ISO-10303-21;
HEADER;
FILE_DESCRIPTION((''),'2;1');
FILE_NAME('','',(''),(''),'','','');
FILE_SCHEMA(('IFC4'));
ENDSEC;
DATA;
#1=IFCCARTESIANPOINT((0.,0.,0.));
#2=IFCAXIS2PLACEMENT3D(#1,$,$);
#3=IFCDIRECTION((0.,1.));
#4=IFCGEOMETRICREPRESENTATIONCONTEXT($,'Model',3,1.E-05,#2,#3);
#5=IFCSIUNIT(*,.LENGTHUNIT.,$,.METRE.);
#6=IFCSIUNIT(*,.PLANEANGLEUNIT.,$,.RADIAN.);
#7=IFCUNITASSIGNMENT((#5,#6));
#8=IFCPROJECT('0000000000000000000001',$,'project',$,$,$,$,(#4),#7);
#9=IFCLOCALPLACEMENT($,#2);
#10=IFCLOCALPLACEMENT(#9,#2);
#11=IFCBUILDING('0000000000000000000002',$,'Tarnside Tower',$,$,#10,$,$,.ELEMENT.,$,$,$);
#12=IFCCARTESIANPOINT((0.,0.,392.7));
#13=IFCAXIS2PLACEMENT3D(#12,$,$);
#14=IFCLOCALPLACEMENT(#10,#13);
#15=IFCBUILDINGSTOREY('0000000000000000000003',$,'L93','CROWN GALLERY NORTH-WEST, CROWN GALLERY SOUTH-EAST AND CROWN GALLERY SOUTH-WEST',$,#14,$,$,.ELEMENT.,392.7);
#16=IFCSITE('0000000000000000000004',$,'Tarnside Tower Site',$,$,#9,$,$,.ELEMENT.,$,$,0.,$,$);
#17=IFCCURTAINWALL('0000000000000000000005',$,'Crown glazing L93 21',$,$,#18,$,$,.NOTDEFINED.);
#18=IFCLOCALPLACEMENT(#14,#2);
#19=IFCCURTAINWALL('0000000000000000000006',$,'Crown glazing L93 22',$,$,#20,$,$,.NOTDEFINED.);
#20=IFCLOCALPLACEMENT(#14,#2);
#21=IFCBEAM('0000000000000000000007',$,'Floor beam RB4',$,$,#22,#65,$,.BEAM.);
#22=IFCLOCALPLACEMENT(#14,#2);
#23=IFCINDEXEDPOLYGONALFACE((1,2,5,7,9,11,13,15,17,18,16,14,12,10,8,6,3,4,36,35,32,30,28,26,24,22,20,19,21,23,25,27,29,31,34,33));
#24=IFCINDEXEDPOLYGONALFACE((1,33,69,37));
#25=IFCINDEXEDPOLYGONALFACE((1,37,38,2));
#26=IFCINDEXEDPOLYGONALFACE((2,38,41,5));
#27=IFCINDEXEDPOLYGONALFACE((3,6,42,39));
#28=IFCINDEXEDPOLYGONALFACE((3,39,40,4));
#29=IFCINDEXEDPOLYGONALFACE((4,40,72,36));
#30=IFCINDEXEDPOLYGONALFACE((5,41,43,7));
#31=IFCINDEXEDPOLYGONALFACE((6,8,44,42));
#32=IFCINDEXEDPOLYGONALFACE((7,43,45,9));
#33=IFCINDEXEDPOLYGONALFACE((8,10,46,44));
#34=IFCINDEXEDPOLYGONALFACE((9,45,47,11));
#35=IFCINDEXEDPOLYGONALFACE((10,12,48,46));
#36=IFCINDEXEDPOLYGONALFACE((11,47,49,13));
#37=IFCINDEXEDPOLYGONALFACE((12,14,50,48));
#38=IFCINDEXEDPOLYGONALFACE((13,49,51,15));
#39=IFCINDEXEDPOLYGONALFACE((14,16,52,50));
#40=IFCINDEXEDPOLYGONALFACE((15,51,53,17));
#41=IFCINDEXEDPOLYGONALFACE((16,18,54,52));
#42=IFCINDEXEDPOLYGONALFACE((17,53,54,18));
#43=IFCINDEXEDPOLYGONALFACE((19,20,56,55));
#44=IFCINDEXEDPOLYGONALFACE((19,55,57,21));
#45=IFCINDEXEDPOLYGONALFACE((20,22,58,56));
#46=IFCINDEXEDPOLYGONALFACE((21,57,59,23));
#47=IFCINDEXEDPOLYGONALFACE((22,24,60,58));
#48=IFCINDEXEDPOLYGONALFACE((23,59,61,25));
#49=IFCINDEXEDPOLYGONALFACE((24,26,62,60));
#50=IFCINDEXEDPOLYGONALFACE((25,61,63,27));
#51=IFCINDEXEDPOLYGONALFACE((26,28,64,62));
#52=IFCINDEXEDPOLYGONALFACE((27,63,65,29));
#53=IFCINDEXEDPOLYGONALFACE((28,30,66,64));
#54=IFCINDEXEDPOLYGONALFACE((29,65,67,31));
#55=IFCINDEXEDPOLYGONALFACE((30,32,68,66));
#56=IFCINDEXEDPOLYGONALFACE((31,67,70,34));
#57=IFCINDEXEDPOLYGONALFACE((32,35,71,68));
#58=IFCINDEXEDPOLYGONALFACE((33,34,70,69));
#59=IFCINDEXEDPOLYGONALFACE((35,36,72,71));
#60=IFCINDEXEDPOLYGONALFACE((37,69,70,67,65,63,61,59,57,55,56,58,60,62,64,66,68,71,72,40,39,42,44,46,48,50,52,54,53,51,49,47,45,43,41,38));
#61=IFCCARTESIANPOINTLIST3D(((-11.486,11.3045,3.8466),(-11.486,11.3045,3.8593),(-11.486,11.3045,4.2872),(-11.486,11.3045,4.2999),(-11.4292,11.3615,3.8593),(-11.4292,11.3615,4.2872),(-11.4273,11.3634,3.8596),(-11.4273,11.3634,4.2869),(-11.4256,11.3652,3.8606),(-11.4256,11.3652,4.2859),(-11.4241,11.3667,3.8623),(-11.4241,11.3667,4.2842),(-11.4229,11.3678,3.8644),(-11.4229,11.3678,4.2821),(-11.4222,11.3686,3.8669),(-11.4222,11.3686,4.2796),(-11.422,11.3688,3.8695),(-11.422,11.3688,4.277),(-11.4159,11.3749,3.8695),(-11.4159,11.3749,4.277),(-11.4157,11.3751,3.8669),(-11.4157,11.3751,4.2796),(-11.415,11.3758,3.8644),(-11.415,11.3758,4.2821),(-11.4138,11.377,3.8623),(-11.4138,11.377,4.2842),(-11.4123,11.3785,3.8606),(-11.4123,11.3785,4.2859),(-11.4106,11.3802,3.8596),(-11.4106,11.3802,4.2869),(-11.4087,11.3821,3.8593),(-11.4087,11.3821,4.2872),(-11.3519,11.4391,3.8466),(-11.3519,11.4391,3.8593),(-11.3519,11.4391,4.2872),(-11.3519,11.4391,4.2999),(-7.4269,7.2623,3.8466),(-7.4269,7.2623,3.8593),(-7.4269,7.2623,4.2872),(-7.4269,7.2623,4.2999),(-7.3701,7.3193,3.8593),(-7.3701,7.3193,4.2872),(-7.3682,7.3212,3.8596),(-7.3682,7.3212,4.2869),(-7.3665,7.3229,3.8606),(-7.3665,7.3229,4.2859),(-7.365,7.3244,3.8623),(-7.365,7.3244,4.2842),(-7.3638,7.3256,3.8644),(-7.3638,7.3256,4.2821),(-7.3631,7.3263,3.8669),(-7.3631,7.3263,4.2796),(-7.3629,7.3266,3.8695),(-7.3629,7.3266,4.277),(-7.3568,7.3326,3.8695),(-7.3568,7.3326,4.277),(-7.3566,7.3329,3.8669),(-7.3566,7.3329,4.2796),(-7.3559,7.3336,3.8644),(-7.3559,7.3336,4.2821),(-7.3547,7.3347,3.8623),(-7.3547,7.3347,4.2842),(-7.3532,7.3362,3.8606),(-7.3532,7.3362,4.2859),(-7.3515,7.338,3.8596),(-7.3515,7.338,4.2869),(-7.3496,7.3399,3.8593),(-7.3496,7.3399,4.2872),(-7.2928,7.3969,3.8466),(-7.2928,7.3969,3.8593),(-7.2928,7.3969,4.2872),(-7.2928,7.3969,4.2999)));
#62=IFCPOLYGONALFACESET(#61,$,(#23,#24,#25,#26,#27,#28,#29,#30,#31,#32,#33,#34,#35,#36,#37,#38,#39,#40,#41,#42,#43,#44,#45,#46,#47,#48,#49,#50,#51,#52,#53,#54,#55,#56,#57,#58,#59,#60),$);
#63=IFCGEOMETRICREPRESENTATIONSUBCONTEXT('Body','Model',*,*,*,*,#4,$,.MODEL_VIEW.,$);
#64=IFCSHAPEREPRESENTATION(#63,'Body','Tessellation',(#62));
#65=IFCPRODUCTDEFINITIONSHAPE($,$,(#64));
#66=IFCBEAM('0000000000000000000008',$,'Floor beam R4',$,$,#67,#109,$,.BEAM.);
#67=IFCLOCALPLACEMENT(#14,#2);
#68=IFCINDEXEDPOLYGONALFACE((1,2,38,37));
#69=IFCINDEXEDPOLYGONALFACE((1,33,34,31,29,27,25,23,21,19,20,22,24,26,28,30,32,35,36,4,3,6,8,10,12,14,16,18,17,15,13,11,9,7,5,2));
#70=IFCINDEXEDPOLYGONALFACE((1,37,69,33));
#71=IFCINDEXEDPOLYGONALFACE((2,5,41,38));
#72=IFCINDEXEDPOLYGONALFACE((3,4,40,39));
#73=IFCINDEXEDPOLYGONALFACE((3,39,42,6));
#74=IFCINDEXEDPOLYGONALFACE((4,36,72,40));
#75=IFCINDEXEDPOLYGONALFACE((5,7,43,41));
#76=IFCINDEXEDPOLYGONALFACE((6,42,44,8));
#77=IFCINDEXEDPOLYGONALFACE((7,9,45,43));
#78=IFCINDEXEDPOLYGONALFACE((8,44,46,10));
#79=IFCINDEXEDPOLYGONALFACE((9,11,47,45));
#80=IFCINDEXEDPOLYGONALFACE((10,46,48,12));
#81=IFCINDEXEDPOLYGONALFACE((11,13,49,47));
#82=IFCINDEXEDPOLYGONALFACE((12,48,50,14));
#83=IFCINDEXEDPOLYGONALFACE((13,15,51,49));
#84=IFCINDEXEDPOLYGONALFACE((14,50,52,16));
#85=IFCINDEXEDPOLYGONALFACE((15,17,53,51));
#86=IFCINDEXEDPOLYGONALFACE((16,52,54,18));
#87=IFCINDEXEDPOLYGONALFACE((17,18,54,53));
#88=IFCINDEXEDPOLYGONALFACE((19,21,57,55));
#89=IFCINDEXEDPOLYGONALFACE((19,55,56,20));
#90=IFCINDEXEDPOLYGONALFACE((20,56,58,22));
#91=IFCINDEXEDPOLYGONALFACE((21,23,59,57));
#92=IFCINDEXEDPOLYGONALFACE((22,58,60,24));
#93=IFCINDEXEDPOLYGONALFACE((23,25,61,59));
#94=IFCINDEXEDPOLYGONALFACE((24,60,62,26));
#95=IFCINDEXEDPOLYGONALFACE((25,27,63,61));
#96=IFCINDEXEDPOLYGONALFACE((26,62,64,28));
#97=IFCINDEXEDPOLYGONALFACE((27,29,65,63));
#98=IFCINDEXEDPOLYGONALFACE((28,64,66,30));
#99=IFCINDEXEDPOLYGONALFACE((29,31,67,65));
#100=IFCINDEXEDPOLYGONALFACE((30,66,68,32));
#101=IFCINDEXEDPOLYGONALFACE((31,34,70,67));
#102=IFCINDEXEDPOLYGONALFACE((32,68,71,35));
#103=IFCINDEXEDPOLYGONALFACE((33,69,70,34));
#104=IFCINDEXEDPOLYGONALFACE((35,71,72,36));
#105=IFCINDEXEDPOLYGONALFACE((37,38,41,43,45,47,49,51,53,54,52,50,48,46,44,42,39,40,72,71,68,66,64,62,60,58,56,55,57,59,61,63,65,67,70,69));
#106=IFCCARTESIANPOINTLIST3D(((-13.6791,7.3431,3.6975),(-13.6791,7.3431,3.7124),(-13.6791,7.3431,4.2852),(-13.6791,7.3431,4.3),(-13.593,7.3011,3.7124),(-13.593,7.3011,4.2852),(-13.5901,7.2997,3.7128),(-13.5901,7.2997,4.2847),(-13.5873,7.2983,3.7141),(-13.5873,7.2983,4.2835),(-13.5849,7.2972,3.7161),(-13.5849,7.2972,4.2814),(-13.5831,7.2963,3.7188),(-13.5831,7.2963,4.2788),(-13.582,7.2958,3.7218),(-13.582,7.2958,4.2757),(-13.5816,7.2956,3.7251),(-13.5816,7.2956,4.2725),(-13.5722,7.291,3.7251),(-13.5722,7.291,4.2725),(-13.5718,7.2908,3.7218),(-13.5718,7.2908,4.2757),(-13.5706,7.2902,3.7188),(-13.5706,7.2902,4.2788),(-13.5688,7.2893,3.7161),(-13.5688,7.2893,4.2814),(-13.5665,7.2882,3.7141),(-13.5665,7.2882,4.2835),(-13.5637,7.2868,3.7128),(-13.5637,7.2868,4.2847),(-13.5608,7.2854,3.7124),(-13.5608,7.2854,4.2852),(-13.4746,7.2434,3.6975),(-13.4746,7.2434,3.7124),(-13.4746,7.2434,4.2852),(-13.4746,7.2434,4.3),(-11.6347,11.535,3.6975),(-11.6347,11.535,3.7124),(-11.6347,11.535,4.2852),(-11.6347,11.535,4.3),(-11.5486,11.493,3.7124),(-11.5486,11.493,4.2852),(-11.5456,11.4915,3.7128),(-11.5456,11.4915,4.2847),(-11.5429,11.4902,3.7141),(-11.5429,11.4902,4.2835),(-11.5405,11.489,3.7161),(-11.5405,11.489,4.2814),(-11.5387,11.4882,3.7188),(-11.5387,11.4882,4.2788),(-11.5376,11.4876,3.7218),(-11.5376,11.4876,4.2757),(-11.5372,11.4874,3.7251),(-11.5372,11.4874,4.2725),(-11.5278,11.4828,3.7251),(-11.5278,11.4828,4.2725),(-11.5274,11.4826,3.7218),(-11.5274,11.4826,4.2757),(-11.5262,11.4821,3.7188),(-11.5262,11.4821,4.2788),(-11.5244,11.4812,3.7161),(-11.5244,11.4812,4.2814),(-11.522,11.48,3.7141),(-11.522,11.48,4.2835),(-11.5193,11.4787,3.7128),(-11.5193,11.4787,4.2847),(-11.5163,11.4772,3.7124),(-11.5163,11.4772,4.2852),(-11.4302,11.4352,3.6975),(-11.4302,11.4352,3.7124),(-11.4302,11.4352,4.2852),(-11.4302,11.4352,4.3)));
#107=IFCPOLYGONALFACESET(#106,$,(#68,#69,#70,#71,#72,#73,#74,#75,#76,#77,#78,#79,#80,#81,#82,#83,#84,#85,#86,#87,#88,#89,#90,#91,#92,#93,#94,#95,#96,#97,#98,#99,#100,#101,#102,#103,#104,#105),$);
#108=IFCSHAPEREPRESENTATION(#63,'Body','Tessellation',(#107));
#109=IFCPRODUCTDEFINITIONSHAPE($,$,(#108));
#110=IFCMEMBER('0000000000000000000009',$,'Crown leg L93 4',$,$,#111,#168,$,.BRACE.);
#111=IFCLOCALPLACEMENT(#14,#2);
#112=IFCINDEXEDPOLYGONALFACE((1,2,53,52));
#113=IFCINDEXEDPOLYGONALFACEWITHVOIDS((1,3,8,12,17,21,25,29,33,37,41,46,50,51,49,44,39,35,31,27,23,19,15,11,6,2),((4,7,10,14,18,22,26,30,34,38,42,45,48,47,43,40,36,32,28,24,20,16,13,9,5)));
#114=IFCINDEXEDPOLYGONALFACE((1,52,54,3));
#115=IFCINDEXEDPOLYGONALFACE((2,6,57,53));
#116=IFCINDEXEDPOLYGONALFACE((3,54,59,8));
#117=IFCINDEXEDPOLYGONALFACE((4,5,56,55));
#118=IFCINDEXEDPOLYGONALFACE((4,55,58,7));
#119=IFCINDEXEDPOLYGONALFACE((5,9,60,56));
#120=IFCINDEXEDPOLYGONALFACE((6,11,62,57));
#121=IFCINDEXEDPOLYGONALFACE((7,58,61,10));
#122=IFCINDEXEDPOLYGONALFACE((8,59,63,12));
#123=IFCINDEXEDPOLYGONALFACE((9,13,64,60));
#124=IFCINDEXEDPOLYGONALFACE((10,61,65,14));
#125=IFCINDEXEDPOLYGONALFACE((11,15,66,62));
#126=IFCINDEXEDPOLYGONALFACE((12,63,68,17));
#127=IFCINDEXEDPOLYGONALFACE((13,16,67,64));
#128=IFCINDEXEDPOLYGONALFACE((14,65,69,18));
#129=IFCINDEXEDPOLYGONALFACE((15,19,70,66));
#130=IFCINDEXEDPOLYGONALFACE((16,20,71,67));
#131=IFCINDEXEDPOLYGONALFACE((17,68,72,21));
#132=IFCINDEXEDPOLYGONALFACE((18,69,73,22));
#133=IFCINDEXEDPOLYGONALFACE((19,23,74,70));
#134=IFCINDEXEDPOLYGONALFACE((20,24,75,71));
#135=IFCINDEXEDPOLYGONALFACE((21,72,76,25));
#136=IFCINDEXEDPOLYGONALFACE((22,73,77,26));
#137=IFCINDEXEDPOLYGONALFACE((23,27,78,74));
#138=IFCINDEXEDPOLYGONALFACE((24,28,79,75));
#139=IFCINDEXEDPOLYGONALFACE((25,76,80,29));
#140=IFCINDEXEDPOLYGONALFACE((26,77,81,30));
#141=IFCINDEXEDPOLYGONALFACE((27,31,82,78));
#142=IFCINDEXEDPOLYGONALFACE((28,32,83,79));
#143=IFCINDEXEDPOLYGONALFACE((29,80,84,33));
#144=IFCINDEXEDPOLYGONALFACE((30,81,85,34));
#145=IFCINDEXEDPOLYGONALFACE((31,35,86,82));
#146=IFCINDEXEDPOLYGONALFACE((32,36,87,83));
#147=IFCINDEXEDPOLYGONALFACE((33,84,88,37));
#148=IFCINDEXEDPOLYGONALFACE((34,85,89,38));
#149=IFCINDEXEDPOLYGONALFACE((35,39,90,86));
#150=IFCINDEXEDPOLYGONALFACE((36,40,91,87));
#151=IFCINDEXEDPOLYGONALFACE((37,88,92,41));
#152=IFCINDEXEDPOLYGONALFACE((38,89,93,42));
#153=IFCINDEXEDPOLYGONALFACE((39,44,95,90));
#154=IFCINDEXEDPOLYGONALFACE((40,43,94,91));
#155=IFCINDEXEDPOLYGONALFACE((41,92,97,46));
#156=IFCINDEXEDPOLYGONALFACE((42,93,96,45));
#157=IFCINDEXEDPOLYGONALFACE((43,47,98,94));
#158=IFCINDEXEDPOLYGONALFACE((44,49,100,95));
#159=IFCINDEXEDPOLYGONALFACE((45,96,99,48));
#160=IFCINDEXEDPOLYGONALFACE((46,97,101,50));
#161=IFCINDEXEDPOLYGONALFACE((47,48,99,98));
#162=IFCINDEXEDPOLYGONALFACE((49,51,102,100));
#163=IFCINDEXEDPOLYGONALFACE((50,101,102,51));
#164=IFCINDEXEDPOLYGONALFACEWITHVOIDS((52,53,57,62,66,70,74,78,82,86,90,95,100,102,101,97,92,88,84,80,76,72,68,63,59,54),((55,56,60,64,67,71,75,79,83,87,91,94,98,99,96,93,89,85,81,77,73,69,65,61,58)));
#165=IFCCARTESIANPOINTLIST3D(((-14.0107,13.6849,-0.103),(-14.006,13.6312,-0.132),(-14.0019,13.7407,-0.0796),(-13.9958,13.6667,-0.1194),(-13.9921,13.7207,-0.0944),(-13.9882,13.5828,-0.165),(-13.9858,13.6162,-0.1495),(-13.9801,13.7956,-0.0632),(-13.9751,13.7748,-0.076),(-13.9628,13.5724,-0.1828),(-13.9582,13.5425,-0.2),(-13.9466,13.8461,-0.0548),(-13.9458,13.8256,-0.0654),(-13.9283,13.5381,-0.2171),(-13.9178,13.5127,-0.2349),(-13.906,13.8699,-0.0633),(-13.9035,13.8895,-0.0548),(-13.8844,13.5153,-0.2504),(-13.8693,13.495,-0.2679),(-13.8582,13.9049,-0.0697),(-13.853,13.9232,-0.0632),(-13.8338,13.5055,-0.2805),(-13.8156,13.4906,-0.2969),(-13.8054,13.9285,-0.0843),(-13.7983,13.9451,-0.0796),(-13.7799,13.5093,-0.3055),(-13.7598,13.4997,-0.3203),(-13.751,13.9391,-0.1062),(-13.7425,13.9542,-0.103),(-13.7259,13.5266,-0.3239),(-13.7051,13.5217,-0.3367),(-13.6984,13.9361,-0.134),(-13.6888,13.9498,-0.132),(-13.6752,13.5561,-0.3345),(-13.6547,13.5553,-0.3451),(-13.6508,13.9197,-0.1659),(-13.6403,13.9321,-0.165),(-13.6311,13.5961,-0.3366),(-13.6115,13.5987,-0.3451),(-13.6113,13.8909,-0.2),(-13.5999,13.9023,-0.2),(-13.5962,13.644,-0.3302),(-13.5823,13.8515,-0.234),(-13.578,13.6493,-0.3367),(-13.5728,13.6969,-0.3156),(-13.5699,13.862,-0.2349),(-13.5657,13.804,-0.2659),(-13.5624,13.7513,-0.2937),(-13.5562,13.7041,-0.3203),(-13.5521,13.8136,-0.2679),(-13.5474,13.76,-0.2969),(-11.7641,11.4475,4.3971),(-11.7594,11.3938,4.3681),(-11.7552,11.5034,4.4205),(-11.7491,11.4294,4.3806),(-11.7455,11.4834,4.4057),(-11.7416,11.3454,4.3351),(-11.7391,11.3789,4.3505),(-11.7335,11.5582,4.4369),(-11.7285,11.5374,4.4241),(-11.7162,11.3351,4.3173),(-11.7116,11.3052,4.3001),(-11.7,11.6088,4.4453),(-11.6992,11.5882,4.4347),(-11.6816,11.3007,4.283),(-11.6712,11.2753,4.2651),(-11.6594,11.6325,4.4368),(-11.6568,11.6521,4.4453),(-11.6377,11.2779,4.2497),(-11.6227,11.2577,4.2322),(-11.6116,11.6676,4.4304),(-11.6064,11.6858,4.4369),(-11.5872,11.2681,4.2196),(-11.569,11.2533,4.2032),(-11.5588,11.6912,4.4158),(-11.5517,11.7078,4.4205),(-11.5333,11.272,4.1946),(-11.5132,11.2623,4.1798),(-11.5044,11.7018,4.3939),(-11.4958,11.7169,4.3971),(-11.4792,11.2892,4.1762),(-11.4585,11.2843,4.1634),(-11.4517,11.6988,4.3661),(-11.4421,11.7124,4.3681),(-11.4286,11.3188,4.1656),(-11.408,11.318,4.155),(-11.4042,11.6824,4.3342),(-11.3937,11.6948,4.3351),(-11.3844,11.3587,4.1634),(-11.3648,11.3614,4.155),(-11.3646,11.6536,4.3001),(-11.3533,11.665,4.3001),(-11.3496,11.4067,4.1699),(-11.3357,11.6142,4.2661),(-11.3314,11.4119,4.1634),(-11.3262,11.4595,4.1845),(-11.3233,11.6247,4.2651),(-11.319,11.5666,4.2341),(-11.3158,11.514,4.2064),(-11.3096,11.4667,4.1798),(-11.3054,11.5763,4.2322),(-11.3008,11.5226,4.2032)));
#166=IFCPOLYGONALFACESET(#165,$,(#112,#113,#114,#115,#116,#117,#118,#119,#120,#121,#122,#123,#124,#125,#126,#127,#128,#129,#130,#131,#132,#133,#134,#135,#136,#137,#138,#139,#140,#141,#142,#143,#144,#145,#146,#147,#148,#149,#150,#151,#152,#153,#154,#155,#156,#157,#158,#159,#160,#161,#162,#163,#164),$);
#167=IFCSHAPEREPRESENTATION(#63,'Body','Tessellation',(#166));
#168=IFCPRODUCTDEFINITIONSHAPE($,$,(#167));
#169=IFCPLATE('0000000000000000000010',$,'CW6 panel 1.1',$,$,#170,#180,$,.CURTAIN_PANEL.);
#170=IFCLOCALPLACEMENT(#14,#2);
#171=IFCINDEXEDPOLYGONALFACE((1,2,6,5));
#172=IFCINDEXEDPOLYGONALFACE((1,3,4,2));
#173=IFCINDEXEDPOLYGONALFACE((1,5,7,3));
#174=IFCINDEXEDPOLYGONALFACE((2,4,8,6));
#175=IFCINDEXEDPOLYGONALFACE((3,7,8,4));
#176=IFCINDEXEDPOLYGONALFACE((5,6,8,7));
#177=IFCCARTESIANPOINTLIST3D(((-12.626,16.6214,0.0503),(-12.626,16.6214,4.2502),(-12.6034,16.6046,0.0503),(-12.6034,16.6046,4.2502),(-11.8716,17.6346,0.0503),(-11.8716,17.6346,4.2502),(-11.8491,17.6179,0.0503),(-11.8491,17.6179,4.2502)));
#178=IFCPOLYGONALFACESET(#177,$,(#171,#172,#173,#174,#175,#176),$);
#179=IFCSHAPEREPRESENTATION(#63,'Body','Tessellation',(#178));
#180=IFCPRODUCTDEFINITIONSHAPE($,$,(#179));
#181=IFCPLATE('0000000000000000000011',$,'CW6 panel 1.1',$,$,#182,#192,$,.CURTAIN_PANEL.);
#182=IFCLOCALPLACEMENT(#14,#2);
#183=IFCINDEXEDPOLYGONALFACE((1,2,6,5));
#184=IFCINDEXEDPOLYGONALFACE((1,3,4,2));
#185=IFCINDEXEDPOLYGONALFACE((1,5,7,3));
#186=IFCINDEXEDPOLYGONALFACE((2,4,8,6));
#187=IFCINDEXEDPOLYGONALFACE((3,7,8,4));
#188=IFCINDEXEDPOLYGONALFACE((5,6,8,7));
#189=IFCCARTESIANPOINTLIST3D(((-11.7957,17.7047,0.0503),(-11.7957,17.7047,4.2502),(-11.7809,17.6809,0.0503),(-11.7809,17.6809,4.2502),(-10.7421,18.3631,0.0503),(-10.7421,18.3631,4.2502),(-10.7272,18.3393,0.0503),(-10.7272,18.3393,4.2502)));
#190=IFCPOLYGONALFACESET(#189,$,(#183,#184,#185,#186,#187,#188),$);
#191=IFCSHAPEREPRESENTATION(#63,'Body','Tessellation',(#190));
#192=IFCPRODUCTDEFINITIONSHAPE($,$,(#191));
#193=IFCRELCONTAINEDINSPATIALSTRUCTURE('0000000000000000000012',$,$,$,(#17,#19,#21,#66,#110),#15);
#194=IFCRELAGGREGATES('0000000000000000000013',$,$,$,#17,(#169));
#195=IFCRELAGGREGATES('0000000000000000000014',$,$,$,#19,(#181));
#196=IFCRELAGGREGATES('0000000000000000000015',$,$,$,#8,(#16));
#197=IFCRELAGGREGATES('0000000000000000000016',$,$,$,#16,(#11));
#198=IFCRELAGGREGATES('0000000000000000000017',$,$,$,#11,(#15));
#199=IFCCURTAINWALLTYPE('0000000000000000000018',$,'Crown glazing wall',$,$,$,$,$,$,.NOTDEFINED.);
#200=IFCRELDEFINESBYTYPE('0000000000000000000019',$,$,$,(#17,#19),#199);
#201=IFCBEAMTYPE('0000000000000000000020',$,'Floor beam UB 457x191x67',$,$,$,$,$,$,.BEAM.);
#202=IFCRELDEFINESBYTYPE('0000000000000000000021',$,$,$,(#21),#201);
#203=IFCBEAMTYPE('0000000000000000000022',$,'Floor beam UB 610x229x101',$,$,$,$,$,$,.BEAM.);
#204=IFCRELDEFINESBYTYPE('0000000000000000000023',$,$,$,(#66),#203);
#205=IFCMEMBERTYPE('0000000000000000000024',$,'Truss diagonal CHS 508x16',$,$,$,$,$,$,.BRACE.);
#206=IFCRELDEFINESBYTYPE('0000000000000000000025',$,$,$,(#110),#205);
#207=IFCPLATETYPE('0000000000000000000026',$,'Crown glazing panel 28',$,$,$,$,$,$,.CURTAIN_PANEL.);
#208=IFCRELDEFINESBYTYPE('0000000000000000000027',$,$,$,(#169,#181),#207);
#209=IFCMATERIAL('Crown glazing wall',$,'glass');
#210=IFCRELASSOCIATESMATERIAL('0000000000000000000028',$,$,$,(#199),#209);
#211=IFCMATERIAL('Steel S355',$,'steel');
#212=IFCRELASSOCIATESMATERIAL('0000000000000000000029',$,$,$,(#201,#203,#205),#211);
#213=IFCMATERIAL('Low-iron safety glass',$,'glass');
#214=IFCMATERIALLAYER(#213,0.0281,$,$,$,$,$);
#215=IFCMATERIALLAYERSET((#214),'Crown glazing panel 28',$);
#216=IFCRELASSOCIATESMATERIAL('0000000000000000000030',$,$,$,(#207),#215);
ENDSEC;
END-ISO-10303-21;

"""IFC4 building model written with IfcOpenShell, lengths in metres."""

from ifc_helpers import new_model, si_unit, direction, frame, origin, origin_2d, place, context, subcontext, project, spatial, rectangle, hollow_circle, i_section, extrude, material, layer, layer_set, material_profile, profile_set, type_object, element, aggregate, save


model = new_model("IFC4")

# Units and contexts
model_context = context("Model", 3, precision=1e-05, world=origin(), true_north=direction((0.0, 1.0)))
body_context = subcontext(model_context, "Body", "Model", "MODEL_VIEW")
ifc_project = project(units=[si_unit("LENGTHUNIT", "METRE"), si_unit("PLANEANGLEUNIT", "RADIAN")], contexts=[model_context])

# Site, building, storey
site_placement = place(None, origin())
site = spatial("IfcSite", under=ifc_project, at=site_placement, Name="Tarnside Tower Site", CompositionType="ELEMENT", RefElevation=0.0)
building_placement = place(site_placement, origin())
building = spatial("IfcBuilding", under=site, at=building_placement, Name="Tarnside Tower", CompositionType="ELEMENT")
storey_placement = place(building_placement, frame((0.0, 0.0, 392.7)))
storey = spatial("IfcBuildingStorey", under=building, at=storey_placement, Name="L93", Description="CROWN GALLERY NORTH-WEST, CROWN GALLERY SOUTH-EAST AND CROWN GALLERY SOUTH-WEST", CompositionType="ELEMENT", Elevation=392.7)

# Curtain wall
ifc_material_1 = material(Name="Crown glazing wall", Category="glass")
curtain_wall_type = type_object("IfcCurtainWallType", Name="Crown glazing wall", PredefinedType="NOTDEFINED", material=ifc_material_1)
curtain_wall_1_placement = place(storey_placement, origin())
curtain_wall_1 = element("IfcCurtainWall", 1, at=curtain_wall_1_placement, inside=storey, type_object=curtain_wall_type, Name="Crown glazing L93 21", PredefinedType="NOTDEFINED")

# Curtain wall
curtain_wall_2_placement = place(storey_placement, origin())
curtain_wall_2 = element("IfcCurtainWall", 2, at=curtain_wall_2_placement, inside=storey, type_object=curtain_wall_type, Name="Crown glazing L93 22", PredefinedType="NOTDEFINED")

# Beams
ifc_material_2 = material(Name="Steel S355", Category="steel")
ifc_material_profile_1 = material_profile(ifc_material_2, i_section(OverallWidth=0.1899, OverallDepth=0.4534, WebThickness=0.0085, FlangeThickness=0.0127, FilletRadius=0.0103, at=origin_2d()), Name="UB 457x191x67")
ifc_profile_set_1 = profile_set([ifc_material_profile_1], Name="Steel S355")
beam_type_1 = type_object("IfcBeamType", Name="Floor beam UB 457x191x67", PredefinedType="BEAM", material=ifc_profile_set_1)
beam_1_placement = place(storey_placement, frame((-11.4189, 11.3718, 4.0732), z_axis=(0.708576, -0.705635, 0.0), x_axis=(0.705635, 0.708576, 0.0)))
element("IfcBeam", 3, at=beam_1_placement, inside=storey, type_object=beam_type_1, Name="Floor beam RB4", PredefinedType="BEAM", context=body_context, shape_type="SweptSolid", body=[
    extrude(i_section(OverallWidth=0.1899, OverallDepth=0.4534, WebThickness=0.0085, FlangeThickness=0.0127, FilletRadius=0.0103, at=origin_2d()), origin(), (0.0, 0.0, 1.0), 5.7285),
])
ifc_material_profile_2 = material_profile(ifc_material_2, i_section(OverallWidth=0.2275, OverallDepth=0.6025, WebThickness=0.0105, FlangeThickness=0.0149, FilletRadius=0.0127, at=origin_2d()), Name="UB 610x229x101")
ifc_profile_set_2 = profile_set([ifc_material_profile_2], Name="Steel S355")
beam_type_2 = type_object("IfcBeamType", Name="Floor beam UB 610x229x101", PredefinedType="BEAM", material=ifc_profile_set_2)
beam_2_placement = place(storey_placement, frame((-11.5325, 11.4851, 3.9988), z_axis=(-0.438356, -0.898802, 0.0), x_axis=(0.898802, -0.438356, 0.0)))
element("IfcBeam", 4, at=beam_2_placement, inside=storey, type_object=beam_type_2, Name="Floor beam R4", PredefinedType="BEAM", context=body_context, shape_type="SweptSolid", body=[
    extrude(i_section(OverallWidth=0.2275, OverallDepth=0.6025, WebThickness=0.0105, FlangeThickness=0.0149, FilletRadius=0.0127, at=origin_2d()), origin(), (0.0, 0.0, 1.0), 4.6638),
])

# Member
ifc_material_profile_3 = material_profile(ifc_material_2, hollow_circle(Radius=0.2539, WallThickness=0.0161, at=origin_2d()), Name="CHS 508x16")
ifc_profile_set_3 = profile_set([ifc_material_profile_3], Name="Steel S355")
member_type_1 = type_object("IfcMemberType", Name="Truss diagonal CHS 508x16", PredefinedType="BRACE", material=ifc_profile_set_3)
member_1_placement = place(storey_placement, frame((-13.7791, 13.7224, -0.2), z_axis=(0.408114, -0.406429, 0.817471), x_axis=(0.705642, 0.708568, 0.0)))
element("IfcMember", 5, at=member_1_placement, inside=storey, type_object=member_type_1, Name="Crown leg L93 4", PredefinedType="BRACE", context=body_context, shape_type="SweptSolid", body=[
    extrude(hollow_circle(Radius=0.2539, WallThickness=0.0161, at=origin_2d()), origin(), (0.0, 0.0, 1.0), 5.5049),
])

# Plates
ifc_material_3 = material(Name="Low-iron safety glass", Category="glass")
ifc_layer_1 = layer(ifc_material_3, 0.0281)
ifc_layer_set_1 = layer_set([ifc_layer_1], Name="Crown glazing panel 28")
plate_type_1 = type_object("IfcPlateType", Name="Crown glazing panel 28", PredefinedType="CURTAIN_PANEL", material=ifc_layer_set_1)
plate_1_placement = place(storey_placement, frame((-12.2375, 17.1196, 0.0503), z_axis=(0.0, 0.0, 1.0), x_axis=(0.597159, 0.802123, 0.0)))
plate_1 = element("IfcPlate", 6, at=plate_1_placement, type_object=plate_type_1, Name="CW6 panel 1.1", PredefinedType="CURTAIN_PANEL", context=body_context, shape_type="SweptSolid", body=[
    extrude(rectangle(XDim=1.2632, YDim=0.0281, at=origin_2d()), origin(), (0.0, 0.0, 1.0), 4.2),
])
aggregate(curtain_wall_1, [plate_1])
plate_2_placement = place(storey_placement, frame((-11.2615, 18.022, 0.0503), z_axis=(0.0, 0.0, 1.0), x_axis=(0.848048, 0.529919, 0.0)))
plate_2 = element("IfcPlate", 7, at=plate_2_placement, type_object=plate_type_1, Name="CW6 panel 1.1", PredefinedType="CURTAIN_PANEL", context=body_context, shape_type="SweptSolid", body=[
    extrude(rectangle(XDim=1.2424, YDim=0.0281, at=origin_2d()), origin(), (0.0, 0.0, 1.0), 4.2),
])
aggregate(curtain_wall_2, [plate_2])

save(model, "model.ifc")
